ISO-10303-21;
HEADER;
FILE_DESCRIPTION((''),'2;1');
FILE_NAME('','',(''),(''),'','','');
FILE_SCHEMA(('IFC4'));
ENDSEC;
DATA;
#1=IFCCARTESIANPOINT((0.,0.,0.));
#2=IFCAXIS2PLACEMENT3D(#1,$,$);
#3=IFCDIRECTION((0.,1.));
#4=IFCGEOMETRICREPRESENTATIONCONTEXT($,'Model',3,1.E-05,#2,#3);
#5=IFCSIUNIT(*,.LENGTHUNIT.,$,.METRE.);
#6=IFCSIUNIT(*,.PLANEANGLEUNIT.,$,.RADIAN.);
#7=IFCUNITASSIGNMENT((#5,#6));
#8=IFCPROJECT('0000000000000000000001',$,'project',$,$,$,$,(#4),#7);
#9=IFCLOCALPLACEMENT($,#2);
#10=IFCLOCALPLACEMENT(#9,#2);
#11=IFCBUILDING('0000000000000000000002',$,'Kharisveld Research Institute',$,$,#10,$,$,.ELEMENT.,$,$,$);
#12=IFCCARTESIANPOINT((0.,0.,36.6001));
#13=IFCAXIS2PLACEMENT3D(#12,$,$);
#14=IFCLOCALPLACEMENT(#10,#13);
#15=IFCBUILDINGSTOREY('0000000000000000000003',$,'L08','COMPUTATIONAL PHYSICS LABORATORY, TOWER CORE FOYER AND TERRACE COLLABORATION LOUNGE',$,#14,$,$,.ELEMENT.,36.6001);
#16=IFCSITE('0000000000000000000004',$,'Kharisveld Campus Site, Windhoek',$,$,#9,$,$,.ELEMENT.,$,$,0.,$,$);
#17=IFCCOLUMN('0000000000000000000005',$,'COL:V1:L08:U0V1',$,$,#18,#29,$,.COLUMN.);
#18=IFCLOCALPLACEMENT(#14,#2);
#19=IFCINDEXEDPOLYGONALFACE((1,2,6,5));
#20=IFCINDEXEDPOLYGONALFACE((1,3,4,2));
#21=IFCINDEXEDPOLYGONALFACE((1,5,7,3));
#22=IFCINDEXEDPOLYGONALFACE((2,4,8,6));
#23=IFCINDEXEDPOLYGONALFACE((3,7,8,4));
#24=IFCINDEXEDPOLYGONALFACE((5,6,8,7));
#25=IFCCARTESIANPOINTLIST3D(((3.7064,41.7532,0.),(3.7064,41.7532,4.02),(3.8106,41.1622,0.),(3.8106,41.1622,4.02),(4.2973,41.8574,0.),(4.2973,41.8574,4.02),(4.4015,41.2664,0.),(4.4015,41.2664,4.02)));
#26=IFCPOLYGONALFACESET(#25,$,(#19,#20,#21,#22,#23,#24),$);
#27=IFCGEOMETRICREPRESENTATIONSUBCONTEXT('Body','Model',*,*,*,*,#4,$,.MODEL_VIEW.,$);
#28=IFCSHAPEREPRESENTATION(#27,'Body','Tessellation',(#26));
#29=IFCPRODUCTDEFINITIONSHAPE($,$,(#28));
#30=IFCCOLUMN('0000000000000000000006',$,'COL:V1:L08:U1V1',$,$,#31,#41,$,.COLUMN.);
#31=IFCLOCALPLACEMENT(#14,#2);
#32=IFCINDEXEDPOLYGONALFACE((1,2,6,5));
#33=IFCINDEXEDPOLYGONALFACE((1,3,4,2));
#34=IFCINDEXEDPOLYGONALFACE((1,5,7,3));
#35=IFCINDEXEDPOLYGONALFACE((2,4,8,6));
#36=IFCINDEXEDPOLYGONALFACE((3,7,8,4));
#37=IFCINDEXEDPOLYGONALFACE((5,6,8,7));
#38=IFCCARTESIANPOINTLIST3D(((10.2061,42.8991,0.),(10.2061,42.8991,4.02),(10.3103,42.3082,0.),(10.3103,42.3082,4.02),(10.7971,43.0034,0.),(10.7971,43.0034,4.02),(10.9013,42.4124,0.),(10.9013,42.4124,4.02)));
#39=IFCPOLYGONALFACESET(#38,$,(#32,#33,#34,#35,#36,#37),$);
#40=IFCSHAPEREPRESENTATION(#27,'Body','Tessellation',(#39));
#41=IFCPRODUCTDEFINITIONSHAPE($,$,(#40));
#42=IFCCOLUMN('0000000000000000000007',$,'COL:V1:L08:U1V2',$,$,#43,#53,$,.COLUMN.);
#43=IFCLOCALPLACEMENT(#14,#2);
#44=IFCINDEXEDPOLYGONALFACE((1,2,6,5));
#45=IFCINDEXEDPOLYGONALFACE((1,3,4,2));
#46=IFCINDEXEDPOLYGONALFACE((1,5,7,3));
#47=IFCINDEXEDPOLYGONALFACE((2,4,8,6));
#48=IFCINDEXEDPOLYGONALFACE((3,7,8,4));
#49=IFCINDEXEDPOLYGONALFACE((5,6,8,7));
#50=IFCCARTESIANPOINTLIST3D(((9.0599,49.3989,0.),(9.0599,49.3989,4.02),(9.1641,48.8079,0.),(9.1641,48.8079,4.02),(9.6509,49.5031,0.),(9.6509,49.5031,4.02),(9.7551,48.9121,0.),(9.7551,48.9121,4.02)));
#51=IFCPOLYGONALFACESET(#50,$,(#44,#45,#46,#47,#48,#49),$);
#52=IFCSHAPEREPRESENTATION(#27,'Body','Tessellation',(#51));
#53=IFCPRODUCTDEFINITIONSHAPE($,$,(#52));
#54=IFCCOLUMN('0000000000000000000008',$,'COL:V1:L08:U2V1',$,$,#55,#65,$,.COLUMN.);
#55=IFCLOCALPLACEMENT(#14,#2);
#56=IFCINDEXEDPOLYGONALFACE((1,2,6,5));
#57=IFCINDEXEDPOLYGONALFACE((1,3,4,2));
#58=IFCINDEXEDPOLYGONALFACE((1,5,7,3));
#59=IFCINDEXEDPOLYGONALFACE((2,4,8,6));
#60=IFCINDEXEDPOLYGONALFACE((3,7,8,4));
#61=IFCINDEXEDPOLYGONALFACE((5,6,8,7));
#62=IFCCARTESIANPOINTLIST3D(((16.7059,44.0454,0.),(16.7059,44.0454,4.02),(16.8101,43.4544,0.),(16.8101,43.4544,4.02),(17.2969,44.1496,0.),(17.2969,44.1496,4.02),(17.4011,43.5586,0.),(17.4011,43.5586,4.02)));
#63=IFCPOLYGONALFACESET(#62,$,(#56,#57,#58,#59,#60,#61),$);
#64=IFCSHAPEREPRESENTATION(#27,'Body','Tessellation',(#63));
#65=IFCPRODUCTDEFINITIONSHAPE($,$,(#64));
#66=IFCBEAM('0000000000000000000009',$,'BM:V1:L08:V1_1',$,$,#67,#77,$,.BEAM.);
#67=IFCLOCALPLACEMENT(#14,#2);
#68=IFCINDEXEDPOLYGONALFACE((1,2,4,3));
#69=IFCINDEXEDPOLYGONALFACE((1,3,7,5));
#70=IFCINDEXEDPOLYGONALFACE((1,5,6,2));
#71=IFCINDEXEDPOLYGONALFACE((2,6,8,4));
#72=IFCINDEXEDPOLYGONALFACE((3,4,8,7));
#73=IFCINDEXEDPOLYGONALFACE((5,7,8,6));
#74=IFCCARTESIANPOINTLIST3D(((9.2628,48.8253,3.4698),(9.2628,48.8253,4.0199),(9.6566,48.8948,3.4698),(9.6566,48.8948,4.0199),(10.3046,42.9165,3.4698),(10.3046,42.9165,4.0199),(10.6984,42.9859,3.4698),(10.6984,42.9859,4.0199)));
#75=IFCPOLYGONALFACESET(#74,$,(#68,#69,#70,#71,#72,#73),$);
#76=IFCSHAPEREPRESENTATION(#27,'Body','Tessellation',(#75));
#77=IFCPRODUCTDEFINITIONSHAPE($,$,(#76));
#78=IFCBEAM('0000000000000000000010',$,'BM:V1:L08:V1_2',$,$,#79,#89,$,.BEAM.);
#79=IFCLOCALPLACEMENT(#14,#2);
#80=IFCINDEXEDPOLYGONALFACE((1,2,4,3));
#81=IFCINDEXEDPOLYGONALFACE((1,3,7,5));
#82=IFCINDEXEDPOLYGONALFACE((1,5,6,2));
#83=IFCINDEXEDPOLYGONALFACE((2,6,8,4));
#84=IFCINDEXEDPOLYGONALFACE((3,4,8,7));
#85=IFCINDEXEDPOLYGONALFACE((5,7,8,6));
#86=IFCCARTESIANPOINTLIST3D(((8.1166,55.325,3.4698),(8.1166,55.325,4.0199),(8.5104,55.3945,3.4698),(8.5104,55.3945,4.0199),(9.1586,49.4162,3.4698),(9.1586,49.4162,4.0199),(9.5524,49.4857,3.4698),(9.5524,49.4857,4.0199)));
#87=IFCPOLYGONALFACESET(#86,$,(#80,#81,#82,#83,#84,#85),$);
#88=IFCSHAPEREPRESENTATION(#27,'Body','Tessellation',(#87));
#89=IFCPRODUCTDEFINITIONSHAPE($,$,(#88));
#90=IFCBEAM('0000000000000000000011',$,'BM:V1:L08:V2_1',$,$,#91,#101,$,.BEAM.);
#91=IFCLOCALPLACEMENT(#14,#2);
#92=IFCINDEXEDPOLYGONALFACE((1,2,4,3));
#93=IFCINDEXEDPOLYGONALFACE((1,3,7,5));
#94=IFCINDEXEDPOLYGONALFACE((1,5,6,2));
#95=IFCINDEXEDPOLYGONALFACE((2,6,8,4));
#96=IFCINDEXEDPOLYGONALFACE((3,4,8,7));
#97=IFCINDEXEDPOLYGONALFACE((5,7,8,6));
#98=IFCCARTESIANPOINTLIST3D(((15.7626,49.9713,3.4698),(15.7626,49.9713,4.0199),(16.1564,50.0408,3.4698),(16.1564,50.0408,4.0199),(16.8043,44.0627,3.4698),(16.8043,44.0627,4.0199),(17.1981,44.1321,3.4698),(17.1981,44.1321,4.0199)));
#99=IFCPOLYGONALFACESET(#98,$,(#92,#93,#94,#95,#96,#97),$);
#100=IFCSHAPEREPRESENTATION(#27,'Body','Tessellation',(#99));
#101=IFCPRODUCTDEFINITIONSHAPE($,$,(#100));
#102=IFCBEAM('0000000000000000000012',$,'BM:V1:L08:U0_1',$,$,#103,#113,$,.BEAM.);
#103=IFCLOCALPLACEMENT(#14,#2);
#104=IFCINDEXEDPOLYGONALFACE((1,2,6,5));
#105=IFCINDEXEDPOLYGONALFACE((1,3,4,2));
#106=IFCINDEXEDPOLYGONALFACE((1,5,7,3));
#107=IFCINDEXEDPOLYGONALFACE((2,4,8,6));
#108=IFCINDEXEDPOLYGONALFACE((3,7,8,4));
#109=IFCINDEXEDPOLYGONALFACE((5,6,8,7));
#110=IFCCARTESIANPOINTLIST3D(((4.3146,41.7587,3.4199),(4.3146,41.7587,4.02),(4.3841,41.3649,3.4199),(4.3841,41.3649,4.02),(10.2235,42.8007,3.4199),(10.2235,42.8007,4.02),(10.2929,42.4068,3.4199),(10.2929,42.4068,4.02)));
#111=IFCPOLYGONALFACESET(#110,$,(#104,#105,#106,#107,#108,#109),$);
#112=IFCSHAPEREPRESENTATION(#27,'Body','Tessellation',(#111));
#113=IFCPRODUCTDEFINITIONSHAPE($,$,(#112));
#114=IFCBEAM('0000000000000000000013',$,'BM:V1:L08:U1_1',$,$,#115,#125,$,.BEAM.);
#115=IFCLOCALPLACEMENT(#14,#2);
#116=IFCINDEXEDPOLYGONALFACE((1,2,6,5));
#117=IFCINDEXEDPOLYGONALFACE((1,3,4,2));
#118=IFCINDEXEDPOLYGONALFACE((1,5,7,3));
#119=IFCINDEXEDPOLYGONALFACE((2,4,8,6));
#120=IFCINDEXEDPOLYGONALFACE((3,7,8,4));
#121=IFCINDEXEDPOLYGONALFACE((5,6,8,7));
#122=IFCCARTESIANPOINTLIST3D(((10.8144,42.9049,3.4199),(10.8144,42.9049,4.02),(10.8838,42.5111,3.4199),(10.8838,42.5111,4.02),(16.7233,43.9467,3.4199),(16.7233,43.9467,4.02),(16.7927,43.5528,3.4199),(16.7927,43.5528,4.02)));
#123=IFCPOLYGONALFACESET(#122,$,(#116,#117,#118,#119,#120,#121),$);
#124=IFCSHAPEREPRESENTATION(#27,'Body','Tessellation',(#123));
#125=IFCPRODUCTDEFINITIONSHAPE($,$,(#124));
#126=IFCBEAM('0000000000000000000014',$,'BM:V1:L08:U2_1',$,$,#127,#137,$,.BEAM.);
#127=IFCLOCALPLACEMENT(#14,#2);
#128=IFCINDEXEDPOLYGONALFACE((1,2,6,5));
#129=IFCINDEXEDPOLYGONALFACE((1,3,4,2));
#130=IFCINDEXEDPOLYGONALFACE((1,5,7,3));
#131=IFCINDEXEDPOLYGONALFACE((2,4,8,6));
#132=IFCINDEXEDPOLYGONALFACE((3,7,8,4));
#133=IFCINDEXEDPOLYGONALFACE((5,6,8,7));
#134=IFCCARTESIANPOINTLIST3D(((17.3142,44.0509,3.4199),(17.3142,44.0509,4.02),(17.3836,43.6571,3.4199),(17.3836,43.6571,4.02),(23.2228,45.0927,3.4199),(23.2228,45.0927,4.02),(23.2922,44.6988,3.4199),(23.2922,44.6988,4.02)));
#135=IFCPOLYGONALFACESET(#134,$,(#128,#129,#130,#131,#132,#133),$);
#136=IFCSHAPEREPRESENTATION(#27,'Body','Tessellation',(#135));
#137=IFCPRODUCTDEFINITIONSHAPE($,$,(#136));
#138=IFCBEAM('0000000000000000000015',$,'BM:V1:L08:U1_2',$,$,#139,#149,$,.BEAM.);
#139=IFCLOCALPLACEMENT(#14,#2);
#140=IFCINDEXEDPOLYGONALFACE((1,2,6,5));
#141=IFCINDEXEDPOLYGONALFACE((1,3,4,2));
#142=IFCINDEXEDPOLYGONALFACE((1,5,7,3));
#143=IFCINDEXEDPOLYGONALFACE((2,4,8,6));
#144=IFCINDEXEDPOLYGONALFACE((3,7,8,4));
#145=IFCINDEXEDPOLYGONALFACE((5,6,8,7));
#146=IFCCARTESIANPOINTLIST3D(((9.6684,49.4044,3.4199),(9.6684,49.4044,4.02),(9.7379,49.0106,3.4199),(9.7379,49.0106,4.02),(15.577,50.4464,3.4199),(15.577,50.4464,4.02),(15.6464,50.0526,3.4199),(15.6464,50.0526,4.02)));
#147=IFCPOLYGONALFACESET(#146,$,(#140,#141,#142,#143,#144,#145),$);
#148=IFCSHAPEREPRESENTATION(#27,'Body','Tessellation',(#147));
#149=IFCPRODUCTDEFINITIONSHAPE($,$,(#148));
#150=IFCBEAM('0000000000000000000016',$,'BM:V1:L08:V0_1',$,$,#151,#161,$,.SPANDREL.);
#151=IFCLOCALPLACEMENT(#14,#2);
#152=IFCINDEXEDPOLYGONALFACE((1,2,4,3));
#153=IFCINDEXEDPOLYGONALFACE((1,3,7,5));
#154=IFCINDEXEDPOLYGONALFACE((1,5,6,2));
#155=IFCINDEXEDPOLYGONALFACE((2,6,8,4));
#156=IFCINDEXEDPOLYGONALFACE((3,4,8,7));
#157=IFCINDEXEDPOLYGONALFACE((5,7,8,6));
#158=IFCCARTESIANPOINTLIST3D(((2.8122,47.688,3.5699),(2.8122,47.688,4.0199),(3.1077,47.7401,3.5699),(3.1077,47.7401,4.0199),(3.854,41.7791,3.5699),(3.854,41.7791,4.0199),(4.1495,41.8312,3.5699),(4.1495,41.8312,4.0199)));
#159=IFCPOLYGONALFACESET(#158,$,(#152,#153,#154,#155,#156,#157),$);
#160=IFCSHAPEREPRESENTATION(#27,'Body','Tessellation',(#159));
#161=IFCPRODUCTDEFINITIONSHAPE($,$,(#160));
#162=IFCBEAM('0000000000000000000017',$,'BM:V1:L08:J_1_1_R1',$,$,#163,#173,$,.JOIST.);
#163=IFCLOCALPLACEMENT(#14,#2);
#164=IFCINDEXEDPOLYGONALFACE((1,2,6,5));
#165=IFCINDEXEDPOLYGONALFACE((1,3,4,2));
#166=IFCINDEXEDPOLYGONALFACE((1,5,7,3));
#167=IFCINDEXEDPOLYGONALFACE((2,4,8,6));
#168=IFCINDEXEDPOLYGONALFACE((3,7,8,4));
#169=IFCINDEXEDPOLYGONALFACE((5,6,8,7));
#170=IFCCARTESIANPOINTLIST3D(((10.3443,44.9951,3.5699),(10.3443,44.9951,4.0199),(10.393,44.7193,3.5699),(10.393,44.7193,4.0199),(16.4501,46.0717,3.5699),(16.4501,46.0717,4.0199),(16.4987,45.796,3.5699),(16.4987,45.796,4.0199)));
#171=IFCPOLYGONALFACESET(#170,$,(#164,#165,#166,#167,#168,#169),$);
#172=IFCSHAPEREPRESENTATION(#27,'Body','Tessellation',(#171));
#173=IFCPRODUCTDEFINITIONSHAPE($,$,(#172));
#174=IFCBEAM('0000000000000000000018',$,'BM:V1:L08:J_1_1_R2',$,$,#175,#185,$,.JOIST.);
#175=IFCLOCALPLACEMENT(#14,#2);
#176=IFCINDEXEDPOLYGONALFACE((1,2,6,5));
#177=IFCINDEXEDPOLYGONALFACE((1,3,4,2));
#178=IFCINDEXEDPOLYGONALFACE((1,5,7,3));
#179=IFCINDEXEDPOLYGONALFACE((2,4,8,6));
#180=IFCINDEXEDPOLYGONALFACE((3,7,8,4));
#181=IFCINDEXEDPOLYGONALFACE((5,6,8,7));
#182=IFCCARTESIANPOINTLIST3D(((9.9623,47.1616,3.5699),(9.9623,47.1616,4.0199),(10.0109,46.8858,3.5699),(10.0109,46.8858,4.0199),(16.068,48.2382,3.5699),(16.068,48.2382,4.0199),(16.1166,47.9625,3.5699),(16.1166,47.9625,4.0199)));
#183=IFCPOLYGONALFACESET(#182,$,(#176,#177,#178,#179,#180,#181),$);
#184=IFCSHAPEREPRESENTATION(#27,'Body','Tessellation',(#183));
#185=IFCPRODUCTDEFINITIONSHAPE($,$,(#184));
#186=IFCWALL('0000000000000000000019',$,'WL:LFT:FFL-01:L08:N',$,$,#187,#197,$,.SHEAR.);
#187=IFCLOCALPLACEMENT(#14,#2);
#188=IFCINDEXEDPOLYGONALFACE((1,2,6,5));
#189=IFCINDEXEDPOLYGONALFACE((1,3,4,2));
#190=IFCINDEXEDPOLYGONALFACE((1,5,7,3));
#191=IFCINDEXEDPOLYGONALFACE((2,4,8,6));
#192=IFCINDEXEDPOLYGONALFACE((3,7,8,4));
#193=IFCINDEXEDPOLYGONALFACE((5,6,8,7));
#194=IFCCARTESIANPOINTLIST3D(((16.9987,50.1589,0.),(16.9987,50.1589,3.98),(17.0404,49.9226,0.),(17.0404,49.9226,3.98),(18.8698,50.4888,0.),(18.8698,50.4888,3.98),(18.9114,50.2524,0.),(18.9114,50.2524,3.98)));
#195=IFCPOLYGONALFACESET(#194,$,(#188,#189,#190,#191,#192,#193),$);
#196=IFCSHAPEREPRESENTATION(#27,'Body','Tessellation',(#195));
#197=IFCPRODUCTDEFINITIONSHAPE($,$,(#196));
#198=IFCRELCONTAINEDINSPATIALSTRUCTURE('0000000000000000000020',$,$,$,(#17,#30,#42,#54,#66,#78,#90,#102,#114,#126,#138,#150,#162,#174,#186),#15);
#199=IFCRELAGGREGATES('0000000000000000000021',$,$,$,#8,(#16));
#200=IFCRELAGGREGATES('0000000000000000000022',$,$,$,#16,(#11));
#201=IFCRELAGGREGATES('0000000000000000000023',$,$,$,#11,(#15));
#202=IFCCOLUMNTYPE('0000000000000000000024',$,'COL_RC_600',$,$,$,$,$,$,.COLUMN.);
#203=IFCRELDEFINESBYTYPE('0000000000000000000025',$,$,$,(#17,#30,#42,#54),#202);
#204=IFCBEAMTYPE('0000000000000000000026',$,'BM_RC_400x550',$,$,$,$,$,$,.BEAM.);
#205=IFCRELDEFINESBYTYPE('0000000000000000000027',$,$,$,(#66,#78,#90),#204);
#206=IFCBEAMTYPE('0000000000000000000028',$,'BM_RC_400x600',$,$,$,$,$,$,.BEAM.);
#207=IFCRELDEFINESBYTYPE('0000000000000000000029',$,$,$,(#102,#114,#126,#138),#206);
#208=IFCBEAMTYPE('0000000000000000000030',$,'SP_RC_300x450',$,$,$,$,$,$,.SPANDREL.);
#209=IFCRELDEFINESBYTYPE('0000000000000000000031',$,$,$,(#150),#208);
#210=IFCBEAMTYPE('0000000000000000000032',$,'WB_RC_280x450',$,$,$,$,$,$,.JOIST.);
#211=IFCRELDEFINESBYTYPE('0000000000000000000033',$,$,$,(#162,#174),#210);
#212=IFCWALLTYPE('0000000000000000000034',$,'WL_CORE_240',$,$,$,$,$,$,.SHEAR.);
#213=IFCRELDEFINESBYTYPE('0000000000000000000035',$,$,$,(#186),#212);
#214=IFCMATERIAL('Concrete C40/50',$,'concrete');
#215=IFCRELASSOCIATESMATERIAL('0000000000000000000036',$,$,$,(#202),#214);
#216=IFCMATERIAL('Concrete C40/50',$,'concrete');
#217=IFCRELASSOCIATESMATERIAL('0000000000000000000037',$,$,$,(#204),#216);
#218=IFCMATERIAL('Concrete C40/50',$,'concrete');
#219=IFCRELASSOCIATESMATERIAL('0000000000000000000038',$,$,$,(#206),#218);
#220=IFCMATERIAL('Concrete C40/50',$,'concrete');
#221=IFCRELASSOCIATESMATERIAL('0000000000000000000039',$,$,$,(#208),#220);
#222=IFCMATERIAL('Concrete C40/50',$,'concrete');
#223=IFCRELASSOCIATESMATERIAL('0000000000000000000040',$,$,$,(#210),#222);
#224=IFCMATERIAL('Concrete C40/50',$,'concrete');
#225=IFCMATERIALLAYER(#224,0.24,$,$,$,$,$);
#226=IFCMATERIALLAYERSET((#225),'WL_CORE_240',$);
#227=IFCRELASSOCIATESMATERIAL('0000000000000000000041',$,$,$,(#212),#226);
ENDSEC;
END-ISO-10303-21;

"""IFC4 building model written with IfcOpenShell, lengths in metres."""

from ifc_helpers import new_model, si_unit, direction, frame, frame_2d, origin, origin_2d, place, context, subcontext, project, spatial, rectangle, extrude, material, layer, layer_set, material_profile, profile_set, type_object, element, save


model = new_model("IFC4")

# Units and contexts
model_context = context("Model", 3, precision=1e-05, world=origin(), true_north=direction((0.0, 1.0)))
body_context = subcontext(model_context, "Body", "Model", "MODEL_VIEW")
ifc_project = project(units=[si_unit("LENGTHUNIT", "METRE"), si_unit("PLANEANGLEUNIT", "RADIAN")], contexts=[model_context])

# Site, building, storey
site_placement = place(None, origin())
site = spatial("IfcSite", under=ifc_project, at=site_placement, Name="Kharisveld Campus Site, Windhoek", CompositionType="ELEMENT", RefElevation=0.0)
building_placement = place(site_placement, origin())
building = spatial("IfcBuilding", under=site, at=building_placement, Name="Kharisveld Research Institute", CompositionType="ELEMENT")
storey_placement = place(building_placement, frame((0.0, 0.0, 36.6001)))
storey = spatial("IfcBuildingStorey", under=building, at=storey_placement, Name="L08", Description="COMPUTATIONAL PHYSICS LABORATORY, TOWER CORE FOYER AND TERRACE COLLABORATION LOUNGE", CompositionType="ELEMENT", Elevation=36.6001)

# Columns
ifc_material_1 = material(Name="Concrete C40/50", Category="concrete")
ifc_material_profile_1 = material_profile(ifc_material_1, rectangle(XDim=0.6001, YDim=0.6001, at=origin_2d()))
ifc_profile_set_1 = profile_set([ifc_material_profile_1], Name="Concrete C40/50")
column_type = type_object("IfcColumnType", Name="COL_RC_600", PredefinedType="COLUMN", material=ifc_profile_set_1)
for number, where, z_axis, x_axis, name in (
    (1, (4.054, 41.5098, 0.0), (0.0, 0.0, 1.0), (0.984808, 0.173648, 0.0), "COL:V1:L08:U0V1"),
    (2, (10.5537, 42.6558, 0.0), (0.0, 0.0, 1.0), (0.984808, 0.173648, 0.0), "COL:V1:L08:U1V1"),
    (3, (9.4075, 49.1555, 0.0), (0.0, 0.0, 1.0), (0.984808, 0.173648, 0.0), "COL:V1:L08:U1V2"),
    (4, (17.0535, 43.802, 0.0), (0.0, 0.0, 1.0), (0.984808, 0.173648, 0.0), "COL:V1:L08:U2V1"),
):
    element("IfcColumn", number, at=place(storey_placement, frame(where, z_axis=z_axis, x_axis=x_axis)), inside=storey, type_object=column_type, Name=name, PredefinedType="COLUMN", context=body_context, shape_type="SweptSolid", body=[
        extrude(rectangle(XDim=0.6001, YDim=0.6001, at=origin_2d()), origin(), (0.0, 0.0, 1.0), 4.02),
    ])

# Beams
ifc_material_2 = material(Name="Concrete C40/50", Category="concrete")
ifc_material_profile_2 = material_profile(ifc_material_2, rectangle(XDim=0.3999, YDim=0.55, at=origin_2d()))
ifc_profile_set_2 = profile_set([ifc_material_profile_2], Name="Concrete C40/50")
beam_type_1 = type_object("IfcBeamType", Name="BM_RC_400x550", PredefinedType="BEAM", material=ifc_profile_set_2)
for number, where, z_axis, x_axis, name in (
    (5, (10.5015, 42.9512, 3.7449), (-0.173623, 0.984812, 0.0), (-0.984812, -0.173623, 0.0), "BM:V1:L08:V1_1"),
    (6, (9.3555, 49.4509, 3.7449), (-0.173662, 0.984805, 0.0), (-0.984805, -0.173662, 0.0), "BM:V1:L08:V1_2"),
):
    element("IfcBeam", number, at=place(storey_placement, frame(where, z_axis=z_axis, x_axis=x_axis)), inside=storey, type_object=beam_type_1, Name=name, PredefinedType="BEAM", context=body_context, shape_type="SweptSolid", body=[
        extrude(rectangle(XDim=0.3999, YDim=0.55, at=origin_2d()), origin(), (0.0, 0.0, 1.0), 6.0),
    ])
beam_1_placement = place(storey_placement, frame((17.0012, 44.0974, 3.7449), z_axis=(-0.17363, 0.984811, 0.0), x_axis=(-0.984811, -0.17363, 0.0)))
element("IfcBeam", 7, at=beam_1_placement, inside=storey, type_object=beam_type_1, Name="BM:V1:L08:V2_1", PredefinedType="BEAM", context=body_context, shape_type="SweptSolid", body=[
    extrude(rectangle(XDim=0.3999, YDim=0.55, at=origin_2d()), origin(), (0.0, 0.0, 1.0), 5.9998),
])
ifc_material_3 = material(Name="Concrete C40/50", Category="concrete")
ifc_material_profile_3 = material_profile(ifc_material_3, rectangle(XDim=0.3999, YDim=0.6001, at=origin_2d()))
ifc_profile_set_3 = profile_set([ifc_material_profile_3], Name="Concrete C40/50")
beam_type_2 = type_object("IfcBeamType", Name="BM_RC_400x600", PredefinedType="BEAM", material=ifc_profile_set_3)
for number, where, z_axis, x_axis, name in (
    (8, (4.3494, 41.5618, 3.72), (0.984805, 0.173662, 0.0), (-0.173662, 0.984805, 0.0), "BM:V1:L08:U0_1"),
    (9, (10.8491, 42.708, 3.72), (0.984812, 0.173623, 0.0), (-0.173623, 0.984812, 0.0), "BM:V1:L08:U1_1"),
):
    element("IfcBeam", number, at=place(storey_placement, frame(where, z_axis=z_axis, x_axis=x_axis)), inside=storey, type_object=beam_type_2, Name=name, PredefinedType="BEAM", context=body_context, shape_type="SweptSolid", body=[
        extrude(rectangle(XDim=0.3999, YDim=0.6001, at=origin_2d()), origin(), (0.0, 0.0, 1.0), 6.0),
    ])
for number, where, z_axis, x_axis, name in (
    (10, (17.3489, 43.854, 3.72), (0.984811, 0.17363, 0.0), (-0.17363, 0.984811, 0.0), "BM:V1:L08:U2_1"),
    (11, (9.7031, 49.2075, 3.72), (0.984804, 0.173669, 0.0), (-0.173669, 0.984804, 0.0), "BM:V1:L08:U1_2"),
):
    element("IfcBeam", number, at=place(storey_placement, frame(where, z_axis=z_axis, x_axis=x_axis)), inside=storey, type_object=beam_type_2, Name=name, PredefinedType="BEAM", context=body_context, shape_type="SweptSolid", body=[
        extrude(rectangle(XDim=0.3999, YDim=0.6001, at=origin_2d()), origin(), (0.0, 0.0, 1.0), 5.9998),
    ])
ifc_material_4 = material(Name="Concrete C40/50", Category="concrete")
ifc_material_profile_4 = material_profile(ifc_material_4, rectangle(XDim=0.3, YDim=0.45, at=origin_2d()))
ifc_profile_set_4 = profile_set([ifc_material_profile_4], Name="Concrete C40/50")
beam_type_3 = type_object("IfcBeamType", Name="SP_RC_300x450", PredefinedType="SPANDREL", material=ifc_profile_set_4)
beam_2_placement = place(storey_placement, frame((4.0017, 41.8052, 3.7949), z_axis=(-0.173623, 0.984812, 0.0), x_axis=(-0.984812, -0.173623, 0.0)))
element("IfcBeam", 12, at=beam_2_placement, inside=storey, type_object=beam_type_3, Name="BM:V1:L08:V0_1", PredefinedType="SPANDREL", context=body_context, shape_type="SweptSolid", body=[
    extrude(rectangle(XDim=0.3, YDim=0.45, at=origin_2d()), origin(), (0.0, 0.0, 1.0), 6.0),
])
ifc_material_5 = material(Name="Concrete C40/50", Category="concrete")
ifc_material_profile_5 = material_profile(ifc_material_5, rectangle(XDim=0.28, YDim=0.45, at=origin_2d()))
ifc_profile_set_5 = profile_set([ifc_material_profile_5], Name="Concrete C40/50")
beam_type_4 = type_object("IfcBeamType", Name="WB_RC_280x450", PredefinedType="JOIST", material=ifc_profile_set_5)
for number, where, z_axis, x_axis, name in (
    (13, (10.3687, 44.8572, 3.7949), (0.984806, 0.173657, 0.0), (-0.173657, 0.984806, 0.0), "BM:V1:L08:J_1_1_R1"),
    (14, (9.9866, 47.0237, 3.7949), (0.984806, 0.173657, 0.0), (-0.173657, 0.984806, 0.0), "BM:V1:L08:J_1_1_R2"),
):
    element("IfcBeam", number, at=place(storey_placement, frame(where, z_axis=z_axis, x_axis=x_axis)), inside=storey, type_object=beam_type_4, Name=name, PredefinedType="JOIST", context=body_context, shape_type="SweptSolid", body=[
        extrude(rectangle(XDim=0.28, YDim=0.45, at=origin_2d()), origin(), (0.0, 0.0, 1.0), 6.2),
    ])

# Wall
ifc_material_6 = material(Name="Concrete C40/50", Category="concrete")
ifc_layer_1 = layer(ifc_material_6, 0.24)
ifc_layer_set_1 = layer_set([ifc_layer_1], Name="WL_CORE_240")
wall_type_1 = type_object("IfcWallType", Name="WL_CORE_240", PredefinedType="SHEAR", material=ifc_layer_set_1)
wall_1_placement = place(storey_placement, frame((17.0195, 50.0408, 0.0), z_axis=(0.0, 0.0, 1.0), x_axis=(0.984816, 0.173602, 0.0)))
element("IfcWall", 15, at=wall_1_placement, inside=storey, type_object=wall_type_1, Name="WL:LFT:FFL-01:L08:N", PredefinedType="SHEAR", context=body_context, shape_type="SweptSolid", body=[
    extrude(rectangle(XDim=1.8999, YDim=0.24, at=frame_2d((0.95, 0.0))), origin(), (0.0, 0.0, 1.0), 3.98),
])

save(model, "model.ifc")
